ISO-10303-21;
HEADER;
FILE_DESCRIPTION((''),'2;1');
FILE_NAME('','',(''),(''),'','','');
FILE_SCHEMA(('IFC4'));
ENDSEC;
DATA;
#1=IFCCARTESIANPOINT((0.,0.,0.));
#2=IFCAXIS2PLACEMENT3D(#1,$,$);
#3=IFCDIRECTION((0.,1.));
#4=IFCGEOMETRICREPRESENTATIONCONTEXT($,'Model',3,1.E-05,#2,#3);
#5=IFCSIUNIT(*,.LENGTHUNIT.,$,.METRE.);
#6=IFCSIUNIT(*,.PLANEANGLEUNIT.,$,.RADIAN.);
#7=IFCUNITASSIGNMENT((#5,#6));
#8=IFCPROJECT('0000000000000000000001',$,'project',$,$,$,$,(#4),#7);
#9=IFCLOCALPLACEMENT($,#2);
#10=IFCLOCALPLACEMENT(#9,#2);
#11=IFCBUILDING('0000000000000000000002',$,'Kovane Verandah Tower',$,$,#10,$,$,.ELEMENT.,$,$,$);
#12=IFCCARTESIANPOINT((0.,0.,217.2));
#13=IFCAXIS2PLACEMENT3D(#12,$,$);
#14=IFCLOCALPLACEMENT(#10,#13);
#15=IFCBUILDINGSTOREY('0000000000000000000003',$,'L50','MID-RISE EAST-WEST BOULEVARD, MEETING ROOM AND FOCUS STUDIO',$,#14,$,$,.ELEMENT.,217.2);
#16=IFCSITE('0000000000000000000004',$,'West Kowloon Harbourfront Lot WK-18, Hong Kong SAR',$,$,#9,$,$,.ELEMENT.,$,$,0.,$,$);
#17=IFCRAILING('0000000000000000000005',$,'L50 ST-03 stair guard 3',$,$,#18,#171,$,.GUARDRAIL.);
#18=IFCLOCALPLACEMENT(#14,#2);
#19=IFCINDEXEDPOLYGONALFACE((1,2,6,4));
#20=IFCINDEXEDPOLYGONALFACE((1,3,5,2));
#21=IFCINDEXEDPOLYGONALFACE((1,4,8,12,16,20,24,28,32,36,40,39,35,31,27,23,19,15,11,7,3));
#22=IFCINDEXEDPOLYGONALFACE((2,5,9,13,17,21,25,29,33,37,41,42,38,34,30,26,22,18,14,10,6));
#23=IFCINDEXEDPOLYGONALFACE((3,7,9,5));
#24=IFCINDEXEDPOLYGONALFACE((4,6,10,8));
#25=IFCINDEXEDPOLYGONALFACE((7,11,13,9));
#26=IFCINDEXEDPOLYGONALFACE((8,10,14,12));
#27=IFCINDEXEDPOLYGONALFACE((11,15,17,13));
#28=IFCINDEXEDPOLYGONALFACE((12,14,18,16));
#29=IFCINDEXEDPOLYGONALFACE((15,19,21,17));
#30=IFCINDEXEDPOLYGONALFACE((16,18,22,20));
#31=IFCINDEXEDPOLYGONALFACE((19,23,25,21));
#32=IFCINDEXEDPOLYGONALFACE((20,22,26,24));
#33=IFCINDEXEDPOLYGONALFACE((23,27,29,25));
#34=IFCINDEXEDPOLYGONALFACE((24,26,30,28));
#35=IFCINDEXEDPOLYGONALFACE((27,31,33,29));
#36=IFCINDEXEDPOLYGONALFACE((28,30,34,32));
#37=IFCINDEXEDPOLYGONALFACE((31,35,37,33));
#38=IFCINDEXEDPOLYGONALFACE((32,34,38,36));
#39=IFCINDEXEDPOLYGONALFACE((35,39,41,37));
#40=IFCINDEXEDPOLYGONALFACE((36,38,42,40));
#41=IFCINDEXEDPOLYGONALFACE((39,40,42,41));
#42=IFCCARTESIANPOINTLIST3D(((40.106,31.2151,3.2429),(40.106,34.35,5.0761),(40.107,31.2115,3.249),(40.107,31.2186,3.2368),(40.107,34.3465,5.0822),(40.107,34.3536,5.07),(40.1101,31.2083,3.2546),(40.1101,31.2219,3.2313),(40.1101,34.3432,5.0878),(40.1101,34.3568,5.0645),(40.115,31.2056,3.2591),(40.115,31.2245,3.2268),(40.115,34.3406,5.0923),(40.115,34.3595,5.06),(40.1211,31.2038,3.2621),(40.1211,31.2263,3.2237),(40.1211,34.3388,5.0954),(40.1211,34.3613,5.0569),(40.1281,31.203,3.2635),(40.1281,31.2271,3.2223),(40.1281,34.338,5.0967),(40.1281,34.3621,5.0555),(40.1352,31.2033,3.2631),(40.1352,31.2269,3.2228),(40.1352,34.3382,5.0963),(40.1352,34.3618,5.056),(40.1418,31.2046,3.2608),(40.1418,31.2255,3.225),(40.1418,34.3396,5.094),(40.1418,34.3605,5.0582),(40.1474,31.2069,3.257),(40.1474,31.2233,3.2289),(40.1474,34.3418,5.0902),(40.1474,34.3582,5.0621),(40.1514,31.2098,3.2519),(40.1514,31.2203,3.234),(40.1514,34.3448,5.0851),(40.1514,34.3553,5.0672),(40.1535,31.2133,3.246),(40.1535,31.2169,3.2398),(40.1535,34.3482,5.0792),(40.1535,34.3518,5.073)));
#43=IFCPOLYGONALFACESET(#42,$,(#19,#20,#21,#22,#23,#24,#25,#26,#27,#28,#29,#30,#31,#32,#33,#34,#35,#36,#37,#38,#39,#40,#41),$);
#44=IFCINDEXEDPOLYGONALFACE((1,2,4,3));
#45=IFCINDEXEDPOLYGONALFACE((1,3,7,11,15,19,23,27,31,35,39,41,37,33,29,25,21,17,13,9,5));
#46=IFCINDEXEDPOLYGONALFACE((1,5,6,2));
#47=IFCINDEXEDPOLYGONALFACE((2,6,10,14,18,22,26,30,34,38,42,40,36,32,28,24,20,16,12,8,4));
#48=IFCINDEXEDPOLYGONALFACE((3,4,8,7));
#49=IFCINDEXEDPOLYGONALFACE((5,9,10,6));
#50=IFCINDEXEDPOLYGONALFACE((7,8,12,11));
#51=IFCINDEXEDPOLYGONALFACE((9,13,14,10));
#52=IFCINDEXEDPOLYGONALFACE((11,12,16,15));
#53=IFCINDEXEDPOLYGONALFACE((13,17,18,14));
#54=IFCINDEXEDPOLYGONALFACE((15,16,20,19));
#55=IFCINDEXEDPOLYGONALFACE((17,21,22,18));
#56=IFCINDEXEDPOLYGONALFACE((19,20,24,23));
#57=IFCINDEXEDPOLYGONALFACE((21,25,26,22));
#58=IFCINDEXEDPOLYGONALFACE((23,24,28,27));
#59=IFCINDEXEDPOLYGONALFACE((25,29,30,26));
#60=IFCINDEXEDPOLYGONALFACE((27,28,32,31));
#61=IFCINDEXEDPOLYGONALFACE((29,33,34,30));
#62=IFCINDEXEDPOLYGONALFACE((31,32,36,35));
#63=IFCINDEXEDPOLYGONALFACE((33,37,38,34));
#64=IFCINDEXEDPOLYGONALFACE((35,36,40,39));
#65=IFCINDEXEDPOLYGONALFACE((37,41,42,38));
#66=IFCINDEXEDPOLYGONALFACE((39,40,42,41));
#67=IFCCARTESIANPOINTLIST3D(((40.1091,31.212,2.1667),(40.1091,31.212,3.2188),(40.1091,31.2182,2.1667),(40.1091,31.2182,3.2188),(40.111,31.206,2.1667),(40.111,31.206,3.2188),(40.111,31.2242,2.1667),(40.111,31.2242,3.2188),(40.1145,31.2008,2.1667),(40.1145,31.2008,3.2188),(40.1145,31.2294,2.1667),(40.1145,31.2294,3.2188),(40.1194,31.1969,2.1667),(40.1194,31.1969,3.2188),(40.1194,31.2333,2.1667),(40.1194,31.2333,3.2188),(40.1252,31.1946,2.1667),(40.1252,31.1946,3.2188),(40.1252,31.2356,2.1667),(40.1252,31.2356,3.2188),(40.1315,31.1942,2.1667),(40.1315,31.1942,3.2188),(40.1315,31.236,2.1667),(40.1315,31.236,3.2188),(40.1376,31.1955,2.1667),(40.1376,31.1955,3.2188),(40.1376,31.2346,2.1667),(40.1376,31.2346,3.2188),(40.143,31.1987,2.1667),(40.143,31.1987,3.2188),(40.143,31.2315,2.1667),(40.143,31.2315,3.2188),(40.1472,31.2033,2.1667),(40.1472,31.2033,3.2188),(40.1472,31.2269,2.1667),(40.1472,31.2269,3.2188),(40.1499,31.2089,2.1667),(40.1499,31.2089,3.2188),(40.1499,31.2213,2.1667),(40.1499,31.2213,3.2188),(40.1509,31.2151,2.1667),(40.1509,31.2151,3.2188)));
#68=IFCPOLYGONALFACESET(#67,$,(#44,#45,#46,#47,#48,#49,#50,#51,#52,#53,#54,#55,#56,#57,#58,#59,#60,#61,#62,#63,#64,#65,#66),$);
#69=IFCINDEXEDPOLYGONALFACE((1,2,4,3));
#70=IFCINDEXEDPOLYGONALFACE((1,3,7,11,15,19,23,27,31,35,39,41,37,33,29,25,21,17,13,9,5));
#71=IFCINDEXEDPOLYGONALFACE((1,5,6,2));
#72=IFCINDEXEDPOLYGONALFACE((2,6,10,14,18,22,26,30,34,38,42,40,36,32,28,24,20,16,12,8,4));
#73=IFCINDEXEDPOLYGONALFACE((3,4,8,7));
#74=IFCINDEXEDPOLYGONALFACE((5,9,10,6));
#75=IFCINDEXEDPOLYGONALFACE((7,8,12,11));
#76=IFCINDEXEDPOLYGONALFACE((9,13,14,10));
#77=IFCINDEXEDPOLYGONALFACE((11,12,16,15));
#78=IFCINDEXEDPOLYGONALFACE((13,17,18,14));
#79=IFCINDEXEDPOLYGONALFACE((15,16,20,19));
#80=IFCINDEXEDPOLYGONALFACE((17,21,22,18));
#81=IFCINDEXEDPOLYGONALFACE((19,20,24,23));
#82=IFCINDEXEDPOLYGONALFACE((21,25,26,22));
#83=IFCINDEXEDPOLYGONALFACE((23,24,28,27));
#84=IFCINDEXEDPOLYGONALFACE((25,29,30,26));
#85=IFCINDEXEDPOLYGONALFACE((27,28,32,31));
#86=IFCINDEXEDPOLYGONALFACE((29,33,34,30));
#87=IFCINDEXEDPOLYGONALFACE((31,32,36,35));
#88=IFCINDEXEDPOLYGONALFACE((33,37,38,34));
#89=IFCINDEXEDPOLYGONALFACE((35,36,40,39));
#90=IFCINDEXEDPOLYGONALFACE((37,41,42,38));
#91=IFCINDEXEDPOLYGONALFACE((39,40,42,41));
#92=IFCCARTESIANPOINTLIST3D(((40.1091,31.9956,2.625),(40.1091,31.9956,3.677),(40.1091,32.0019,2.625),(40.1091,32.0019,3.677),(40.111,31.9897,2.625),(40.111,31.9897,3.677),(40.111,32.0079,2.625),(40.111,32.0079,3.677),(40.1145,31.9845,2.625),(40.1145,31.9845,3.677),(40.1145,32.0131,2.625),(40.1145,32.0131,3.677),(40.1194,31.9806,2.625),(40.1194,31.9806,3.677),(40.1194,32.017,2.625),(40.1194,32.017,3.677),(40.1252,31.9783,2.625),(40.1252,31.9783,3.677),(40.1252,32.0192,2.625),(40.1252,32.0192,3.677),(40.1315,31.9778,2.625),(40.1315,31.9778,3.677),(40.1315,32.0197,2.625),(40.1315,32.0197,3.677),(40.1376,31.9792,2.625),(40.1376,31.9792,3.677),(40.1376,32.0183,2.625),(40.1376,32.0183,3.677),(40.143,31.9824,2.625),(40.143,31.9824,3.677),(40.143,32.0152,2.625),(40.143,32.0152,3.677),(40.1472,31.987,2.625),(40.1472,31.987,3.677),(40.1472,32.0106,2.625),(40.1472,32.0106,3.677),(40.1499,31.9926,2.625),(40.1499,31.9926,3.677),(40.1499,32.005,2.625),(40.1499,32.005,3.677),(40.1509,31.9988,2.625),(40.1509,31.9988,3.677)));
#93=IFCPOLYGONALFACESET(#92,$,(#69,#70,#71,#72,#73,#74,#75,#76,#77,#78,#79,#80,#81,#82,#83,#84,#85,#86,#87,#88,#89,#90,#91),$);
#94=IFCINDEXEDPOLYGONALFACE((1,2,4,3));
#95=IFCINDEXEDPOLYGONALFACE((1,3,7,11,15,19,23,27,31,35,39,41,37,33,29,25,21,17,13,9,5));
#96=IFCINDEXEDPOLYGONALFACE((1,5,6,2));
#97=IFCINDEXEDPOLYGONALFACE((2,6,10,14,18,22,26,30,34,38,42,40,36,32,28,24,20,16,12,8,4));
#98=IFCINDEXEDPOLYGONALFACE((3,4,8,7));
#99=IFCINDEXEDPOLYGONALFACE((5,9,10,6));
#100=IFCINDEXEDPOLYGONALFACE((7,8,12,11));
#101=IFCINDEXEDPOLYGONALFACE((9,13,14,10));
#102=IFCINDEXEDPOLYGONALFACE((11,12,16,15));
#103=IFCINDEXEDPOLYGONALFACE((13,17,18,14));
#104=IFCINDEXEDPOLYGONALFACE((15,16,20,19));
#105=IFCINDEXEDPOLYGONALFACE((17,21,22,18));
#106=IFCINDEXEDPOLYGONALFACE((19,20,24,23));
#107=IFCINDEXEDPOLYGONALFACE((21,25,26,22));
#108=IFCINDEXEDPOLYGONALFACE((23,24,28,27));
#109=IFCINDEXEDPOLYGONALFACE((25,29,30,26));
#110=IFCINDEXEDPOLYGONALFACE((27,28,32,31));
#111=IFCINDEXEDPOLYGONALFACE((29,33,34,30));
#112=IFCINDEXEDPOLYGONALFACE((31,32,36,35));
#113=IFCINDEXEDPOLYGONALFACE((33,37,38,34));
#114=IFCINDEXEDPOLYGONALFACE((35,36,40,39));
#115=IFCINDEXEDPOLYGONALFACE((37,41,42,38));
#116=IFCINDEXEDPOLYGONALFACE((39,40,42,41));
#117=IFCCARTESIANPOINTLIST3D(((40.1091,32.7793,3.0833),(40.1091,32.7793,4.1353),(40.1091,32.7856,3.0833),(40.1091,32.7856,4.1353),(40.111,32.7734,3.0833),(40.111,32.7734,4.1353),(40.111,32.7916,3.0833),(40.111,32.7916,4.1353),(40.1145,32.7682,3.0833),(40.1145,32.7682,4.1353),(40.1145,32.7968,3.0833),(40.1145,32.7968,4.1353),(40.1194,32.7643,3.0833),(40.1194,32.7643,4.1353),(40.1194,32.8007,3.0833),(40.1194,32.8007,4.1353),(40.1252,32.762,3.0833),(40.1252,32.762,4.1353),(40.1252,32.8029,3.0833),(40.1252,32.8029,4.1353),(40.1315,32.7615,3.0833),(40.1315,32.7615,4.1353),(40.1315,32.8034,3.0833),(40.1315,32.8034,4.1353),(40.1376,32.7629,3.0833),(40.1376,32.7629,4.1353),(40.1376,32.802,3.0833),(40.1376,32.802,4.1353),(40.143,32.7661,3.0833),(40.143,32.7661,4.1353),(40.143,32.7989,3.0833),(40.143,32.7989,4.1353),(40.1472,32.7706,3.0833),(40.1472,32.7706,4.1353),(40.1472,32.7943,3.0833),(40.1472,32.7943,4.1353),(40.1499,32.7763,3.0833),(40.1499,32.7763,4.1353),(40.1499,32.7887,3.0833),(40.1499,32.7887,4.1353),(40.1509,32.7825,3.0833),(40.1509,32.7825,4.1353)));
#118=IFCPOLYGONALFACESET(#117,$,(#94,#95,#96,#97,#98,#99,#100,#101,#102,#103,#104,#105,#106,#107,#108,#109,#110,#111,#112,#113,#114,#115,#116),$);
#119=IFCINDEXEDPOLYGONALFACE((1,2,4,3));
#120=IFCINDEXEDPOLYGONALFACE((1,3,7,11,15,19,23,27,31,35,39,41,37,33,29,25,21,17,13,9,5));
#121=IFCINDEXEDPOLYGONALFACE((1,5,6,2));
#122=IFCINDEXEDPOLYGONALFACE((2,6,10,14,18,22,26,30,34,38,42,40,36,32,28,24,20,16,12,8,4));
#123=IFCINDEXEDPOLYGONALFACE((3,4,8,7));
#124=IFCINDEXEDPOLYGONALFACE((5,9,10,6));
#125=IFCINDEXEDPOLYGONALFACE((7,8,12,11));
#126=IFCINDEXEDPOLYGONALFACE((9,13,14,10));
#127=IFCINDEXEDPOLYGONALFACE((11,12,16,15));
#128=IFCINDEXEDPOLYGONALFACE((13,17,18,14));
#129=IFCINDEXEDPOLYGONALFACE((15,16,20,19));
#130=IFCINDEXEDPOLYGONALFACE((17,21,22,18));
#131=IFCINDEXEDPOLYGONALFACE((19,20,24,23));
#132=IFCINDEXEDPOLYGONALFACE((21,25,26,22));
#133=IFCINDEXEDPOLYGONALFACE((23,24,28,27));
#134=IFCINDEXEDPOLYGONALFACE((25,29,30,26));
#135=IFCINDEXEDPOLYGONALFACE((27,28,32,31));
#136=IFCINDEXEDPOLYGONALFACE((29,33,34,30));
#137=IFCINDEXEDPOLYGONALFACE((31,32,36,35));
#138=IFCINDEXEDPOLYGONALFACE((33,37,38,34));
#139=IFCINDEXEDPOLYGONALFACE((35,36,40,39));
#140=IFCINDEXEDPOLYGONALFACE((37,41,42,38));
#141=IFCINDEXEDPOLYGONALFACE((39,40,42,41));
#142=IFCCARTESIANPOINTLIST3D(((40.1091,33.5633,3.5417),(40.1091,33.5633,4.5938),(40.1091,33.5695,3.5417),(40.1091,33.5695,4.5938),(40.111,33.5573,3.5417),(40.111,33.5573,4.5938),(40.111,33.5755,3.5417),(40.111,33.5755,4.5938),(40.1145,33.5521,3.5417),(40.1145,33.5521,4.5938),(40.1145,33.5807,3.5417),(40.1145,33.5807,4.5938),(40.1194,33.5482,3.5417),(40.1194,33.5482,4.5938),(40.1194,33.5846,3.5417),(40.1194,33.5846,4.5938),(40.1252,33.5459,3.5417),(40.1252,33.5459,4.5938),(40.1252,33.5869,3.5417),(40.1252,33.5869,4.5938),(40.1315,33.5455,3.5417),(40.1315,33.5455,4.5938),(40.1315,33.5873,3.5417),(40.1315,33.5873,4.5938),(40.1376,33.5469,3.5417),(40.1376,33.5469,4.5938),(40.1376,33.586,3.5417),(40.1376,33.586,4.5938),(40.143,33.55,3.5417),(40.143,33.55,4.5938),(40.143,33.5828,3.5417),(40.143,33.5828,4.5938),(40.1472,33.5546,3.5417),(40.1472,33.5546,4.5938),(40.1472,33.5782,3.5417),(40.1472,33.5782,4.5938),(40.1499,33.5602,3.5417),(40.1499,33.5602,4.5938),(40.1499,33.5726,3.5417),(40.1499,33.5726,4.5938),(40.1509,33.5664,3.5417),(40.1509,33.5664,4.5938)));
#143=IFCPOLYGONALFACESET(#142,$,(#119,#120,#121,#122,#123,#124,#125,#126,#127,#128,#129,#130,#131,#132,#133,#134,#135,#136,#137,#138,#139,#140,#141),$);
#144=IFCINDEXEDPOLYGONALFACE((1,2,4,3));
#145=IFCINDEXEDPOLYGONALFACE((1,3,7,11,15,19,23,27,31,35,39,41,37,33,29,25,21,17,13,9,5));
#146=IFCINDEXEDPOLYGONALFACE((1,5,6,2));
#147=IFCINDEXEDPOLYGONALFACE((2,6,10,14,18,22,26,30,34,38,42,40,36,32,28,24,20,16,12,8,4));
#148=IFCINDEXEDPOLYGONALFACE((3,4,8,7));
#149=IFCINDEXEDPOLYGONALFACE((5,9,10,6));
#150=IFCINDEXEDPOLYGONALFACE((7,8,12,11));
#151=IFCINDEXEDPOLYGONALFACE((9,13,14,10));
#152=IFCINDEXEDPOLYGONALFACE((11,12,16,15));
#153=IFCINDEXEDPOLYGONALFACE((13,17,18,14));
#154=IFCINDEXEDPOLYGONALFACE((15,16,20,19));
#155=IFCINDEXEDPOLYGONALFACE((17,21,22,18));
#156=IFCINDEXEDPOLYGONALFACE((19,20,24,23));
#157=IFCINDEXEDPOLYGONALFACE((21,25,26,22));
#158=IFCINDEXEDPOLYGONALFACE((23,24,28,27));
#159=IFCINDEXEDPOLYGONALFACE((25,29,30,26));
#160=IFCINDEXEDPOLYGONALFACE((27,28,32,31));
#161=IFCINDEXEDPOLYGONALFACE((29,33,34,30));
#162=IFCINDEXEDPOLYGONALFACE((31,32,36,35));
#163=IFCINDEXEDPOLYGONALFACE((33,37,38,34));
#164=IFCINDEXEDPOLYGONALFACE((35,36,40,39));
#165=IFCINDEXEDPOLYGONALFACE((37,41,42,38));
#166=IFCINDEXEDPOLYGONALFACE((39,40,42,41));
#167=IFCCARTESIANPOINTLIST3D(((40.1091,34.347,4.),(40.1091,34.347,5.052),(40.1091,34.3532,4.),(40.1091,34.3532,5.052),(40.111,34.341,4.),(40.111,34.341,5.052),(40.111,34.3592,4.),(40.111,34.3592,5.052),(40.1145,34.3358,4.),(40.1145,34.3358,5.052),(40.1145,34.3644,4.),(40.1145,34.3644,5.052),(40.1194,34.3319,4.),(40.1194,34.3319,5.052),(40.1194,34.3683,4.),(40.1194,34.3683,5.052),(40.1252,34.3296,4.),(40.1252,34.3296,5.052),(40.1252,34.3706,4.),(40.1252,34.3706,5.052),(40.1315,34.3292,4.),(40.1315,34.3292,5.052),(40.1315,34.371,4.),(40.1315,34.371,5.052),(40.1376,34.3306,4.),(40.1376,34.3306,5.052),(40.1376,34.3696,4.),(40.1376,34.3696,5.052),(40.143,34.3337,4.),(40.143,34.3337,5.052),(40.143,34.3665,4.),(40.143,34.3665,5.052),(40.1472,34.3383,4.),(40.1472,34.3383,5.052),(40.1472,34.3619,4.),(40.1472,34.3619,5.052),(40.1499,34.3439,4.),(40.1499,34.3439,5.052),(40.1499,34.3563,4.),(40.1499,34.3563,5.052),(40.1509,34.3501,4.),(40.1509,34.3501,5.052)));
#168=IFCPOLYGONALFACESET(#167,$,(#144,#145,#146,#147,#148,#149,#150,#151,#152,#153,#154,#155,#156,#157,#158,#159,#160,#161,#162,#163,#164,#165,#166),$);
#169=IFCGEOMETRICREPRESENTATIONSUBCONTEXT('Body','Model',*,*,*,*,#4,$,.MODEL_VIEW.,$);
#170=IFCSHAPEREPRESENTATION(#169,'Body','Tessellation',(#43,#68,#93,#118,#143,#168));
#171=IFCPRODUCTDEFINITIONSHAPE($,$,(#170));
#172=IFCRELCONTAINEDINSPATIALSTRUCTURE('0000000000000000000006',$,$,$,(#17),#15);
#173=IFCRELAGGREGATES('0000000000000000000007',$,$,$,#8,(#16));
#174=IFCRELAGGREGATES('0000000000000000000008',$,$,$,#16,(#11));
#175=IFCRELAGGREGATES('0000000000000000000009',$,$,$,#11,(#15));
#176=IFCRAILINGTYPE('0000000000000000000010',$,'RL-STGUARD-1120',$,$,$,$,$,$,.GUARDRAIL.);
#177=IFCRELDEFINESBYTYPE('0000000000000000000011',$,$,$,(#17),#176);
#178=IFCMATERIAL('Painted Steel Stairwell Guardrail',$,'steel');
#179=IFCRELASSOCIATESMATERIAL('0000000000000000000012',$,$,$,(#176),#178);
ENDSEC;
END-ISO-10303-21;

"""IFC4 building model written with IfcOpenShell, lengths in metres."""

from ifc_helpers import new_model, si_unit, direction, frame, origin, origin_2d, place, context, subcontext, project, spatial, circle, extrude, material, type_object, element, save


model = new_model("IFC4")

# Units and contexts
model_context = context("Model", 3, precision=1e-05, world=origin(), true_north=direction((0.0, 1.0)))
body_context = subcontext(model_context, "Body", "Model", "MODEL_VIEW")
ifc_project = project(units=[si_unit("LENGTHUNIT", "METRE"), si_unit("PLANEANGLEUNIT", "RADIAN")], contexts=[model_context])

# Site, building, storey
site_placement = place(None, origin())
site = spatial("IfcSite", under=ifc_project, at=site_placement, Name="West Kowloon Harbourfront Lot WK-18, Hong Kong SAR", CompositionType="ELEMENT", RefElevation=0.0)
building_placement = place(site_placement, origin())
building = spatial("IfcBuilding", under=site, at=building_placement, Name="Kovane Verandah Tower", CompositionType="ELEMENT")
storey_placement = place(building_placement, frame((0.0, 0.0, 217.2)))
storey = spatial("IfcBuildingStorey", under=building, at=storey_placement, Name="L50", Description="MID-RISE EAST-WEST BOULEVARD, MEETING ROOM AND FOCUS STUDIO", CompositionType="ELEMENT", Elevation=217.2)

# Railing
ifc_material_1 = material(Name="Painted Steel Stairwell Guardrail", Category="steel")
railing_type = type_object("IfcRailingType", Name="RL-STGUARD-1120", PredefinedType="GUARDRAIL", material=ifc_material_1)
railing_1_placement = place(storey_placement, frame((40.1299, 31.2151, 2.1667)))
element("IfcRailing", 1, at=railing_1_placement, inside=storey, type_object=railing_type, Name="L50 ST-03 stair guard 3", PredefinedType="GUARDRAIL", context=body_context, shape_type="SweptSolid", body=[
    extrude(circle(Radius=0.0239, at=origin_2d()), frame((0.0, 0.0, 1.0762), z_axis=(0.0, 0.86324, 0.504794), x_axis=(-1.0, 0.0, 0.0)), (0.0, 0.0, 1.0), 3.6316),
    extrude(circle(Radius=0.021, at=origin_2d()), origin(), (0.0, 0.0, 1.0), 1.052),
    extrude(circle(Radius=0.021, at=origin_2d()), frame((0.0, 0.7837, 0.4583)), (0.0, 0.0, 1.0), 1.052),
    extrude(circle(Radius=0.021, at=origin_2d()), frame((0.0, 1.5674, 0.9165)), (0.0, 0.0, 1.0), 1.052),
    extrude(circle(Radius=0.021, at=origin_2d()), frame((0.0, 2.3513, 1.375)), (0.0, 0.0, 1.0), 1.052),
    extrude(circle(Radius=0.021, at=origin_2d()), frame((0.0, 3.135, 1.8333)), (0.0, 0.0, 1.0), 1.052),
])

save(model, "model.ifc")
